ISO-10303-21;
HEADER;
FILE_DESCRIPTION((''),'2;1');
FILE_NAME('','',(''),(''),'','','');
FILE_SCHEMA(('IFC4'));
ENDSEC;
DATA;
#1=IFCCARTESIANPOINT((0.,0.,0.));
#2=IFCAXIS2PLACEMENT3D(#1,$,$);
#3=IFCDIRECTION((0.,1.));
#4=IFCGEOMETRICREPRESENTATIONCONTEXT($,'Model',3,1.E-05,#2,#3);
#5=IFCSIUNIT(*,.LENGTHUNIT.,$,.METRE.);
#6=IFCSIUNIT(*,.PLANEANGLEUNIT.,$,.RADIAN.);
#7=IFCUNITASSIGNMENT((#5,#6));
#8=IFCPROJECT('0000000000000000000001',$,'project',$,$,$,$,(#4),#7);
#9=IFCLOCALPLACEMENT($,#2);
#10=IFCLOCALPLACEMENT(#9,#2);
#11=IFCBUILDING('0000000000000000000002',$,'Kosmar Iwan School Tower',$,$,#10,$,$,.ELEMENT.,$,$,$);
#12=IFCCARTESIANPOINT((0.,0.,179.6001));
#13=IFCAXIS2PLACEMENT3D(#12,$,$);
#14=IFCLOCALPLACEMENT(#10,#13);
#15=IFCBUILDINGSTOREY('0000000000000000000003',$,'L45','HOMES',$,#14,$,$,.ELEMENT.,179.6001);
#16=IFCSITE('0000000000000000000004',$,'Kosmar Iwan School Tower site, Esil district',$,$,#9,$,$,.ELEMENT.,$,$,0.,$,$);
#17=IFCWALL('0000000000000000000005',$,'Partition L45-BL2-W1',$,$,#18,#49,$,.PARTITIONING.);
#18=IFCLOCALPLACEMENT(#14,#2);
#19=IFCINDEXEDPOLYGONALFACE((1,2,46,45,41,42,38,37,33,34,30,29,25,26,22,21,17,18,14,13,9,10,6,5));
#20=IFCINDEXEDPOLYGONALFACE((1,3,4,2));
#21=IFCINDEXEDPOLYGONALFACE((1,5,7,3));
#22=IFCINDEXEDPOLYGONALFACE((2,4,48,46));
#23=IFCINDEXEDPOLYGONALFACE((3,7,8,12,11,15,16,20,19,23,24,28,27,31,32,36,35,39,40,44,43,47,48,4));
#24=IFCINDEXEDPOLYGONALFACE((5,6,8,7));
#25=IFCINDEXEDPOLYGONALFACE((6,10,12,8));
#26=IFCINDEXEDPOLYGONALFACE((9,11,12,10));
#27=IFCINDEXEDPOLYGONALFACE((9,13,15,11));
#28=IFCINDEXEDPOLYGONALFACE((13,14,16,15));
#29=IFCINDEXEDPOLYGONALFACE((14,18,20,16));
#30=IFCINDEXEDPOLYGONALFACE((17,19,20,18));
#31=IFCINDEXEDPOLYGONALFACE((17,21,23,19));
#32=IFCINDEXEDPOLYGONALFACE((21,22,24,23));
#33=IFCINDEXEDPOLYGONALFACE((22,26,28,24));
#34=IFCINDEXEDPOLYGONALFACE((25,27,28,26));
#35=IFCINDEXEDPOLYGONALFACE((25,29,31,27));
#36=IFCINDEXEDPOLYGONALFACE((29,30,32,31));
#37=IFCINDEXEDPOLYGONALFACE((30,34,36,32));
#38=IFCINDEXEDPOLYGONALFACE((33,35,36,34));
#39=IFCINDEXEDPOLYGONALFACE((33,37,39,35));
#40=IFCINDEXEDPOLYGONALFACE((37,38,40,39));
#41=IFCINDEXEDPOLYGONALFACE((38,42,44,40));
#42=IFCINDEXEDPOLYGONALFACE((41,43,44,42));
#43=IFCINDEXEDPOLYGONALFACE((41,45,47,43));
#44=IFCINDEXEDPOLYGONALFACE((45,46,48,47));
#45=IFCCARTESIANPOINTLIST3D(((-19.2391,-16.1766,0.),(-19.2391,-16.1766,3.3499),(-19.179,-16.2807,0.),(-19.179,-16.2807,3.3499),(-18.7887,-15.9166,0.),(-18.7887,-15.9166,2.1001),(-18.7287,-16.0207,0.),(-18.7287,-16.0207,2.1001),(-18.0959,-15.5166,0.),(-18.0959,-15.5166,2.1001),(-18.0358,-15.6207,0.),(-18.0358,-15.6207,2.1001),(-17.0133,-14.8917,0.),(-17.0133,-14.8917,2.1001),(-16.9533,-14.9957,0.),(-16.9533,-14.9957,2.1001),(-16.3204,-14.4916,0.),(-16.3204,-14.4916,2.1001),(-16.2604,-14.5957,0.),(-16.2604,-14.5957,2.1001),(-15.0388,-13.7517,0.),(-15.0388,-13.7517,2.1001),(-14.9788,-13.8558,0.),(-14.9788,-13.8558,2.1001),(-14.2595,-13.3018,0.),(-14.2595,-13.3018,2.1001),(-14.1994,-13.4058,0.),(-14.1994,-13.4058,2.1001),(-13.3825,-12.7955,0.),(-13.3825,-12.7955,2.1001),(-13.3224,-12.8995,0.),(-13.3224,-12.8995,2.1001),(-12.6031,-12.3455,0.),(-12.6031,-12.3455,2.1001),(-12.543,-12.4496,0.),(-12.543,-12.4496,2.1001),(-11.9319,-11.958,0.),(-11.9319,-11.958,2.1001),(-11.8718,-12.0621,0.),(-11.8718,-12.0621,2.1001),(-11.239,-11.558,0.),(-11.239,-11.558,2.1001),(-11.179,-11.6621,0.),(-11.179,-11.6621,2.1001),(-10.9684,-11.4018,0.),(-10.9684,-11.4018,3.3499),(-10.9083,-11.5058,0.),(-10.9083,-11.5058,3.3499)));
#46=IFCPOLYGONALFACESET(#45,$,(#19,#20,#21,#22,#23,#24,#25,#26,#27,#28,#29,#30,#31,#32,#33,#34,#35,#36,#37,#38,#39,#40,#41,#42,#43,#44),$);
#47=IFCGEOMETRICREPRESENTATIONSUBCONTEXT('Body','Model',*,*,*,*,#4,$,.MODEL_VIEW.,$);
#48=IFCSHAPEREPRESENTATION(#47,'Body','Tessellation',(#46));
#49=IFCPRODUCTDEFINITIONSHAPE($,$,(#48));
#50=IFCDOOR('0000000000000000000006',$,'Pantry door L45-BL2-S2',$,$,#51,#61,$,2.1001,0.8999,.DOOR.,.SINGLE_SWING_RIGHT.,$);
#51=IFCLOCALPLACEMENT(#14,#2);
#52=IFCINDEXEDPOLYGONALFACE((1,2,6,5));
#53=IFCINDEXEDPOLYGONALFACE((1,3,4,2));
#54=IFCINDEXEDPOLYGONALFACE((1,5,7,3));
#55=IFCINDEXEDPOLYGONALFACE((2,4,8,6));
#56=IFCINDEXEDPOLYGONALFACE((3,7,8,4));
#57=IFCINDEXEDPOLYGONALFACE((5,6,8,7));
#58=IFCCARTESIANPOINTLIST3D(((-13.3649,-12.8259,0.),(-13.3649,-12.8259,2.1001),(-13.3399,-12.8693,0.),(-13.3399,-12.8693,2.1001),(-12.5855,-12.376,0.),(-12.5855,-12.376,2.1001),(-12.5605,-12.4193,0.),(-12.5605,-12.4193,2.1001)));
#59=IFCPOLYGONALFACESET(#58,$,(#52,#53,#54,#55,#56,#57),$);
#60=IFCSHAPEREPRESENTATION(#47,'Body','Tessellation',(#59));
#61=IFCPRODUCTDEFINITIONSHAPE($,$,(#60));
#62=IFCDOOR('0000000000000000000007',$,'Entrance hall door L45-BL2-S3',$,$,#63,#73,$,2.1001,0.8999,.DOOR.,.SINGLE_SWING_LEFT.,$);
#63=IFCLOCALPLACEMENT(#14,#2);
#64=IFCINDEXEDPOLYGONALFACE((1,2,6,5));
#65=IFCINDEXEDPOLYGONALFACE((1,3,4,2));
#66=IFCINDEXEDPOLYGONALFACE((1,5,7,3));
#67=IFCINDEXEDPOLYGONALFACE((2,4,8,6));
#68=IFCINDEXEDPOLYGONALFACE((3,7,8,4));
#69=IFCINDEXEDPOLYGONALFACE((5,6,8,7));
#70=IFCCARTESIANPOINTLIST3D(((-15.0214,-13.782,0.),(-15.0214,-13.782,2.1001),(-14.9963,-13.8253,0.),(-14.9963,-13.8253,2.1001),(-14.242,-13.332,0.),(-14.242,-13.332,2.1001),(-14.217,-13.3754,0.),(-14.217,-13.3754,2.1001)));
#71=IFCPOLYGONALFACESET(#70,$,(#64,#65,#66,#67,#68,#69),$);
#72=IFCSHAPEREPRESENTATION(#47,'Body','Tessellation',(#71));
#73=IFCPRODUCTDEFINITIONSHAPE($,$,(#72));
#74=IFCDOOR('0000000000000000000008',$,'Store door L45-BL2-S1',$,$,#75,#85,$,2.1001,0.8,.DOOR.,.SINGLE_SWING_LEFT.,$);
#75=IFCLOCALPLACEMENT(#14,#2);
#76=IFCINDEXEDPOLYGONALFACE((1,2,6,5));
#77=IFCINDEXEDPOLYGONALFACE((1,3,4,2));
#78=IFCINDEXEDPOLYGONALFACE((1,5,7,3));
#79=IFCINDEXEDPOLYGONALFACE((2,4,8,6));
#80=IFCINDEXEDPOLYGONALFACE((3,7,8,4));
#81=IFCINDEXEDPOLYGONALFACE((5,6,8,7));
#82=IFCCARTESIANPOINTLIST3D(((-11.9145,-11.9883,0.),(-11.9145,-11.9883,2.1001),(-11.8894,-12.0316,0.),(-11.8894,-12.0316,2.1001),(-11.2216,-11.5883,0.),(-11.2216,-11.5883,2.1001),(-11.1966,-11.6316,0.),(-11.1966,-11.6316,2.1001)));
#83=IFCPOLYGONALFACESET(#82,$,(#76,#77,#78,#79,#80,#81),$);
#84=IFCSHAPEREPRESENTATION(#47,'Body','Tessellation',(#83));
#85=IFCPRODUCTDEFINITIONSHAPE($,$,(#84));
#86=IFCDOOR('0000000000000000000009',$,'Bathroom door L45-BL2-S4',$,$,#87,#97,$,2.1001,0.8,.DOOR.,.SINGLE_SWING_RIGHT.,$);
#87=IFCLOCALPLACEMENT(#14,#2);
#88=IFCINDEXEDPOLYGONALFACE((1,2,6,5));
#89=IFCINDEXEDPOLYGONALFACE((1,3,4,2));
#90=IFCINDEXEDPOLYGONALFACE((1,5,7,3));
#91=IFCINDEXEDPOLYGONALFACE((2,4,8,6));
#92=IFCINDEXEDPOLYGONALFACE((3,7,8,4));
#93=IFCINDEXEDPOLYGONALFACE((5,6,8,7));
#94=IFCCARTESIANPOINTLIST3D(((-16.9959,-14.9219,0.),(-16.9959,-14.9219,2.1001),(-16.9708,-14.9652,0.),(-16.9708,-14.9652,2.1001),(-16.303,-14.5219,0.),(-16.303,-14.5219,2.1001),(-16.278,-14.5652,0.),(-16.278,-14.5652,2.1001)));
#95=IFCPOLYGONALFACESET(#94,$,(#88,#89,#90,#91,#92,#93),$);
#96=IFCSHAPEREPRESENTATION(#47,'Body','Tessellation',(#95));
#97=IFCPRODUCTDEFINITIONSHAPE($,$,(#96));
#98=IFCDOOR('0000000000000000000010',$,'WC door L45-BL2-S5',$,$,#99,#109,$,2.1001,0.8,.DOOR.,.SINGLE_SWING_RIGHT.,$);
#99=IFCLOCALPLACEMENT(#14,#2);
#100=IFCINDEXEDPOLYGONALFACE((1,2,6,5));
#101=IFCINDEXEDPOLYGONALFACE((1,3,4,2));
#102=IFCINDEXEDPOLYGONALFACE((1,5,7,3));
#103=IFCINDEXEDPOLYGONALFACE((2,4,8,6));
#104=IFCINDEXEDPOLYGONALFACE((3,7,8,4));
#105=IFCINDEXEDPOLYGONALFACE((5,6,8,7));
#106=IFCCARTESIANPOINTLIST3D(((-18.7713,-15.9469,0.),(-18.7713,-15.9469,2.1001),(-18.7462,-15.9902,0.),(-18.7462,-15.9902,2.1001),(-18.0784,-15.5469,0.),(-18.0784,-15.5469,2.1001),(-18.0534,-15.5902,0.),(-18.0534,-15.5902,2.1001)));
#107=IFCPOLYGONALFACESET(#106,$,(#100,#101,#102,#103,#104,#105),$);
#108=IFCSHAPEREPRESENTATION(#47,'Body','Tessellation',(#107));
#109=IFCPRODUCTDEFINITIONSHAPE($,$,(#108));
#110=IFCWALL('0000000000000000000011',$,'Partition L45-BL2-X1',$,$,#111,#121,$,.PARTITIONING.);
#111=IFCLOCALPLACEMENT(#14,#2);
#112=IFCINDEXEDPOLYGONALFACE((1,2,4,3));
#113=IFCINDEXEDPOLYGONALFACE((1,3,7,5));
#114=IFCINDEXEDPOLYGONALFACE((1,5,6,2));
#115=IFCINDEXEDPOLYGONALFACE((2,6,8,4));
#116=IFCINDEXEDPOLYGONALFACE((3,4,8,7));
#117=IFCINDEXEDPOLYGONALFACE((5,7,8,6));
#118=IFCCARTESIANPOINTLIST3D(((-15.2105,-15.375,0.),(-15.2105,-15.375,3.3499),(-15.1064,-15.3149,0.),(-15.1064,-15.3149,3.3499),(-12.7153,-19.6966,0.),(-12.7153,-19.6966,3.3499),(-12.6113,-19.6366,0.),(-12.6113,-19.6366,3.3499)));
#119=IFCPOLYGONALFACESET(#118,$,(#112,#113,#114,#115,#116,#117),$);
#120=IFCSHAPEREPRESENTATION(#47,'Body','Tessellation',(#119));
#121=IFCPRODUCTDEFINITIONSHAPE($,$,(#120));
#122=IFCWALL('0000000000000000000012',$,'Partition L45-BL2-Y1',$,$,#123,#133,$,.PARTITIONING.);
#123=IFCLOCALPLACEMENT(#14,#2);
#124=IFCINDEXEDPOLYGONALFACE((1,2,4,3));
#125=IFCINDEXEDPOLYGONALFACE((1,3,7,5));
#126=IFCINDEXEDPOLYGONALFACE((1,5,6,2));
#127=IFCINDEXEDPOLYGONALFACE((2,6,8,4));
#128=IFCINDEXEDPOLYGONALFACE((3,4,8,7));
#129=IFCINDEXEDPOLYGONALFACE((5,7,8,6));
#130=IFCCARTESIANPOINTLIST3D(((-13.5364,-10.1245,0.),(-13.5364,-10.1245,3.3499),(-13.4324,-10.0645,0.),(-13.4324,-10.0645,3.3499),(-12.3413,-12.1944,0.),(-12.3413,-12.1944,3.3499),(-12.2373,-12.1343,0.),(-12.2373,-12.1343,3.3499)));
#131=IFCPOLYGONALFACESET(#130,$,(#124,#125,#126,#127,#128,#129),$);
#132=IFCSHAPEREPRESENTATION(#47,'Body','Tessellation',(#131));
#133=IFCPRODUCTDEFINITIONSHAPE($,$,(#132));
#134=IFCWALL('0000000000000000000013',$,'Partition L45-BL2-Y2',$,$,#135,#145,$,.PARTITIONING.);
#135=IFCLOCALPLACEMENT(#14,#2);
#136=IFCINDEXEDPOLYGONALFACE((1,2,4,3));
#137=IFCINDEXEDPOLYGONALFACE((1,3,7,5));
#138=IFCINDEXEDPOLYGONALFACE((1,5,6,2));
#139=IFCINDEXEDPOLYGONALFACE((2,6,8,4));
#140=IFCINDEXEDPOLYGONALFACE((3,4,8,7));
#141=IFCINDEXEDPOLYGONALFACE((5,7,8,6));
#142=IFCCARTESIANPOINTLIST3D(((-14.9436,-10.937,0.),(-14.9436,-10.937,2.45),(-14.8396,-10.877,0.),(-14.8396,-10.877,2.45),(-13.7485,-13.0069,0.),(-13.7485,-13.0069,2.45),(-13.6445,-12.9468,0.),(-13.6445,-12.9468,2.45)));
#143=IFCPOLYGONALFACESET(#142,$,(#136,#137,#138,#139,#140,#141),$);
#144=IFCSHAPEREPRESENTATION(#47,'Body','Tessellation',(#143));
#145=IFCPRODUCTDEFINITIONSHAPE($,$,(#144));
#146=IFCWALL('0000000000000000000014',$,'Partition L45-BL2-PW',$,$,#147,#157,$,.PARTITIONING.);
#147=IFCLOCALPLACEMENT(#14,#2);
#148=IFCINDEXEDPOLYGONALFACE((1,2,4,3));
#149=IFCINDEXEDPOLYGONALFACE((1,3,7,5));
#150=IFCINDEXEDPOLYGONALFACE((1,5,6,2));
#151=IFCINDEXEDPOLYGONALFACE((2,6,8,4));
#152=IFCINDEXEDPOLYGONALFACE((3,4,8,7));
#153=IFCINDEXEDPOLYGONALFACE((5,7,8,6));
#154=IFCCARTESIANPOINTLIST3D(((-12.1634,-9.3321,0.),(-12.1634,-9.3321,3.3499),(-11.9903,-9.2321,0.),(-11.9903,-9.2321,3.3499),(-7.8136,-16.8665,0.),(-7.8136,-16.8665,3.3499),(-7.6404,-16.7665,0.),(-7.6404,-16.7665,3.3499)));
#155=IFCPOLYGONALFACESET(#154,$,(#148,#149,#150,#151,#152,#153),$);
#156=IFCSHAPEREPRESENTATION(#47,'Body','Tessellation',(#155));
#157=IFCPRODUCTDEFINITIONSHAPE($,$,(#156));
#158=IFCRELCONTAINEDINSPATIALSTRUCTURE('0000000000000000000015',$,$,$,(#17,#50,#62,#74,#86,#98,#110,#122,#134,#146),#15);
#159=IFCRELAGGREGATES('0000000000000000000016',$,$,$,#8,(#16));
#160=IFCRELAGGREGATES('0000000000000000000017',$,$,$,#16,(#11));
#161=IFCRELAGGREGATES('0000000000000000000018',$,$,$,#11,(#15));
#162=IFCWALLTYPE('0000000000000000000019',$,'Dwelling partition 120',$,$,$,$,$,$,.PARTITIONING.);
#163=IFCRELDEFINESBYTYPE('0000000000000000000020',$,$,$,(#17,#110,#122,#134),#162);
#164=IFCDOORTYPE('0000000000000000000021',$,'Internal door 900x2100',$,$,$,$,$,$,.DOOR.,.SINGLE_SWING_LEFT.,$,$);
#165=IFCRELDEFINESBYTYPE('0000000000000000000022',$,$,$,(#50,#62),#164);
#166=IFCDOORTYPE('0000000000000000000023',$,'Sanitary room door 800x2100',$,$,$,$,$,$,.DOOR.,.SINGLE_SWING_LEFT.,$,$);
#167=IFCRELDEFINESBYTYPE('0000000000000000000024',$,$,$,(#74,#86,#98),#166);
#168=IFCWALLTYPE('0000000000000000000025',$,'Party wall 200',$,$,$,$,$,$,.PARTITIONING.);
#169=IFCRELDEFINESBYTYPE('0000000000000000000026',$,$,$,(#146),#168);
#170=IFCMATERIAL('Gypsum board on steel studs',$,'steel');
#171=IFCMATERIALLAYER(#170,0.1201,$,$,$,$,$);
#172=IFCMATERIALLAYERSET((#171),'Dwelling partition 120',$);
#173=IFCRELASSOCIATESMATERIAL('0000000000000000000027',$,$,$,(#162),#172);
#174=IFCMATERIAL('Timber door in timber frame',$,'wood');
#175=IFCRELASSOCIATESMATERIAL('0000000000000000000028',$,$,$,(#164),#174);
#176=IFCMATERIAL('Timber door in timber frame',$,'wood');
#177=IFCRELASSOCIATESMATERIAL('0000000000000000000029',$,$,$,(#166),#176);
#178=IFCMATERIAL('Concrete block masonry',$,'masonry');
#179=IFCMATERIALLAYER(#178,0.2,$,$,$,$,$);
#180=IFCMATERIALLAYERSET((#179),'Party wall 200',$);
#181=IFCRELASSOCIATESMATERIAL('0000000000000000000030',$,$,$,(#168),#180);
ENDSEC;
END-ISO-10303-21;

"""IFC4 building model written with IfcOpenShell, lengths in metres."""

from ifc_helpers import new_model, si_unit, direction, frame, frame_2d, origin, place, context, subcontext, project, spatial, rectangle, extrude, material, layer, layer_set, type_object, element, fill, save


model = new_model("IFC4")

# Units and contexts
model_context = context("Model", 3, precision=1e-05, world=origin(), true_north=direction((0.0, 1.0)))
body_context = subcontext(model_context, "Body", "Model", "MODEL_VIEW")
ifc_project = project(units=[si_unit("LENGTHUNIT", "METRE"), si_unit("PLANEANGLEUNIT", "RADIAN")], contexts=[model_context])

# Site, building, storey
site_placement = place(None, origin())
site = spatial("IfcSite", under=ifc_project, at=site_placement, Name="Kosmar Iwan School Tower site, Esil district", CompositionType="ELEMENT", RefElevation=0.0)
building_placement = place(site_placement, origin())
building = spatial("IfcBuilding", under=site, at=building_placement, Name="Kosmar Iwan School Tower", CompositionType="ELEMENT")
storey_placement = place(building_placement, frame((0.0, 0.0, 179.6001)))
storey = spatial("IfcBuildingStorey", under=building, at=storey_placement, Name="L45", Description="HOMES", CompositionType="ELEMENT", Elevation=179.6001)

# Wall, openings, doors
ifc_material_1 = material(Name="Gypsum board on steel studs", Category="steel")
ifc_layer_1 = layer(ifc_material_1, 0.1201)
ifc_layer_set_1 = layer_set([ifc_layer_1], Name="Dwelling partition 120")
wall_type_1 = type_object("IfcWallType", Name="Dwelling partition 120", PredefinedType="PARTITIONING", material=ifc_layer_set_1)
wall_1_placement = place(storey_placement, frame((-10.9385, -11.4539, 0.0), z_axis=(0.0, 0.0, 1.0), x_axis=(-0.866035, -0.499983, 0.0)))
wall_1 = element("IfcWall", 1, at=wall_1_placement, inside=storey, type_object=wall_type_1, Name="Partition L45-BL2-W1", PredefinedType="PARTITIONING", context=body_context, shape_type="SweptSolid", body=[
    extrude(rectangle(XDim=9.55, YDim=0.1201, at=frame_2d((4.7749, 0.0))), origin(), (0.0, 0.0, 1.0), 3.3499),
])
opening_1_placement = place(wall_1_placement, frame((0.3125, 0.0, 0.0)))
opening_1 = element("IfcOpeningElement", 2, at=opening_1_placement, cuts=wall_1, PredefinedType="OPENING", context=body_context, shape_type="SweptSolid", body=[
    extrude(rectangle(XDim=0.8, YDim=2.1001, at=frame_2d((0.3999, 1.05))), frame((0.0, 0.072, 0.0), z_axis=(0.0, -1.0, 0.0), x_axis=(1.0, 0.0, 0.0)), (0.0, 0.0, 1.0), 0.144),
])
opening_2_placement = place(wall_1_placement, frame((1.8875, 0.0, 0.0)))
opening_2 = element("IfcOpeningElement", 3, at=opening_2_placement, cuts=wall_1, PredefinedType="OPENING", context=body_context, shape_type="SweptSolid", body=[
    extrude(rectangle(XDim=0.8999, YDim=2.1001, at=frame_2d((0.45, 1.05))), frame((0.0, 0.072, 0.0), z_axis=(0.0, -1.0, 0.0), x_axis=(1.0, 0.0, 0.0)), (0.0, 0.0, 1.0), 0.144),
])
opening_3_placement = place(wall_1_placement, frame((3.8, 0.0, 0.0)))
opening_3 = element("IfcOpeningElement", 4, at=opening_3_placement, cuts=wall_1, PredefinedType="OPENING", context=body_context, shape_type="SweptSolid", body=[
    extrude(rectangle(XDim=0.8999, YDim=2.1001, at=frame_2d((0.45, 1.05))), frame((0.0, 0.072, 0.0), z_axis=(0.0, -1.0, 0.0), x_axis=(1.0, 0.0, 0.0)), (0.0, 0.0, 1.0), 0.144),
])
opening_4_placement = place(wall_1_placement, frame((6.1799, 0.0, 0.0)))
opening_4 = element("IfcOpeningElement", 5, at=opening_4_placement, cuts=wall_1, PredefinedType="OPENING", context=body_context, shape_type="SweptSolid", body=[
    extrude(rectangle(XDim=0.8, YDim=2.1001, at=frame_2d((0.3999, 1.05))), frame((0.0, 0.072, 0.0), z_axis=(0.0, -1.0, 0.0), x_axis=(1.0, 0.0, 0.0)), (0.0, 0.0, 1.0), 0.144),
])
opening_5_placement = place(wall_1_placement, frame((8.23, 0.0, 0.0)))
opening_5 = element("IfcOpeningElement", 6, at=opening_5_placement, cuts=wall_1, PredefinedType="OPENING", context=body_context, shape_type="SweptSolid", body=[
    extrude(rectangle(XDim=0.8, YDim=2.1001, at=frame_2d((0.3999, 1.05))), frame((0.0, 0.072, 0.0), z_axis=(0.0, -1.0, 0.0), x_axis=(1.0, 0.0, 0.0)), (0.0, 0.0, 1.0), 0.144),
])
ifc_material_2 = material(Name="Timber door in timber frame", Category="wood")
door_type_1 = type_object("IfcDoorType", Name="Internal door 900x2100", OperationType="SINGLE_SWING_LEFT", PredefinedType="DOOR", material=ifc_material_2)
door_1_placement = place(opening_2_placement, frame((0.8999, 0.0, 0.0), z_axis=(0.0, 0.0, 1.0), x_axis=(-1.0, 0.0, 0.0)))
door_1 = element("IfcDoor", 7, at=door_1_placement, inside=storey, type_object=door_type_1, Name="Pantry door L45-BL2-S2", OperationType="SINGLE_SWING_RIGHT", OverallHeight=2.1001, OverallWidth=0.8999, PredefinedType="DOOR", context=body_context, shape_type="SweptSolid", body=[
    extrude(rectangle(XDim=0.8999, YDim=2.1001, at=frame_2d((0.45, 1.05))), frame((0.0, 0.0249, 0.0), z_axis=(0.0, -1.0, 0.0), x_axis=(1.0, 0.0, 0.0)), (0.0, 0.0, 1.0), 0.05),
])
fill(opening_2, door_1)
door_2_placement = place(opening_3_placement, origin())
door_2 = element("IfcDoor", 8, at=door_2_placement, inside=storey, type_object=door_type_1, Name="Entrance hall door L45-BL2-S3", OperationType="SINGLE_SWING_LEFT", OverallHeight=2.1001, OverallWidth=0.8999, PredefinedType="DOOR", context=body_context, shape_type="SweptSolid", body=[
    extrude(rectangle(XDim=0.8999, YDim=2.1001, at=frame_2d((0.45, 1.05))), frame((0.0, 0.0249, 0.0), z_axis=(0.0, -1.0, 0.0), x_axis=(1.0, 0.0, 0.0)), (0.0, 0.0, 1.0), 0.05),
])
fill(opening_3, door_2)
ifc_material_3 = material(Name="Timber door in timber frame", Category="wood")
door_type_2 = type_object("IfcDoorType", Name="Sanitary room door 800x2100", OperationType="SINGLE_SWING_LEFT", PredefinedType="DOOR", material=ifc_material_3)
door_3_placement = place(opening_1_placement, origin())
door_3 = element("IfcDoor", 9, at=door_3_placement, inside=storey, type_object=door_type_2, Name="Store door L45-BL2-S1", OperationType="SINGLE_SWING_LEFT", OverallHeight=2.1001, OverallWidth=0.8, PredefinedType="DOOR", context=body_context, shape_type="SweptSolid", body=[
    extrude(rectangle(XDim=0.8, YDim=2.1001, at=frame_2d((0.3999, 1.05))), frame((0.0, 0.0249, 0.0), z_axis=(0.0, -1.0, 0.0), x_axis=(1.0, 0.0, 0.0)), (0.0, 0.0, 1.0), 0.05),
])
fill(opening_1, door_3)
door_4_placement = place(opening_4_placement, origin())
door_4 = element("IfcDoor", 10, at=door_4_placement, inside=storey, type_object=door_type_2, Name="Bathroom door L45-BL2-S4", OperationType="SINGLE_SWING_RIGHT", OverallHeight=2.1001, OverallWidth=0.8, PredefinedType="DOOR", context=body_context, shape_type="SweptSolid", body=[
    extrude(rectangle(XDim=0.8, YDim=2.1001, at=frame_2d((0.3999, 1.05))), frame((0.0, 0.0249, 0.0), z_axis=(0.0, -1.0, 0.0), x_axis=(1.0, 0.0, 0.0)), (0.0, 0.0, 1.0), 0.05),
])
fill(opening_4, door_4)
door_5_placement = place(opening_5_placement, origin())
door_5 = element("IfcDoor", 11, at=door_5_placement, inside=storey, type_object=door_type_2, Name="WC door L45-BL2-S5", OperationType="SINGLE_SWING_RIGHT", OverallHeight=2.1001, OverallWidth=0.8, PredefinedType="DOOR", context=body_context, shape_type="SweptSolid", body=[
    extrude(rectangle(XDim=0.8, YDim=2.1001, at=frame_2d((0.3999, 1.05))), frame((0.0, 0.0249, 0.0), z_axis=(0.0, -1.0, 0.0), x_axis=(1.0, 0.0, 0.0)), (0.0, 0.0, 1.0), 0.05),
])
fill(opening_5, door_5)

# Walls
wall_2_placement = place(storey_placement, frame((-15.1584, -15.345, 0.0), z_axis=(0.0, 0.0, 1.0), x_axis=(0.500012, -0.866019, 0.0)))
element("IfcWall", 12, at=wall_2_placement, inside=storey, type_object=wall_type_1, Name="Partition L45-BL2-X1", PredefinedType="PARTITIONING", context=body_context, shape_type="SweptSolid", body=[
    extrude(rectangle(XDim=4.9902, YDim=0.1201, at=frame_2d((2.4951, 0.0))), origin(), (0.0, 0.0, 1.0), 3.3499),
])
wall_3_placement = place(storey_placement, frame((-13.4844, -10.0945, 0.0), z_axis=(0.0, 0.0, 1.0), x_axis=(0.500017, -0.866015, 0.0)))
element("IfcWall", 13, at=wall_3_placement, inside=storey, type_object=wall_type_1, Name="Partition L45-BL2-Y1", PredefinedType="PARTITIONING", context=body_context, shape_type="SweptSolid", body=[
    extrude(rectangle(XDim=2.3901, YDim=0.1201, at=frame_2d((1.1951, 0.0))), origin(), (0.0, 0.0, 1.0), 3.3499),
])
wall_4_placement = place(storey_placement, frame((-14.8916, -10.907, 0.0), z_axis=(0.0, 0.0, 1.0), x_axis=(0.500017, -0.866015, 0.0)))
element("IfcWall", 14, at=wall_4_placement, inside=storey, type_object=wall_type_1, Name="Partition L45-BL2-Y2", PredefinedType="PARTITIONING", context=body_context, shape_type="SweptSolid", body=[
    extrude(rectangle(XDim=2.3901, YDim=0.1201, at=frame_2d((1.1951, 0.0))), origin(), (0.0, 0.0, 1.0), 2.45),
])
ifc_material_4 = material(Name="Concrete block masonry", Category="masonry")
ifc_layer_2 = layer(ifc_material_4, 0.2)
ifc_layer_set_2 = layer_set([ifc_layer_2], Name="Party wall 200")
wall_type_2 = type_object("IfcWallType", Name="Party wall 200", PredefinedType="PARTITIONING", material=ifc_layer_set_2)
wall_5_placement = place(storey_placement, frame((-12.0769, -9.282, 0.0), z_axis=(0.0, 0.0, 1.0), x_axis=(0.499987, -0.866033, 0.0)))
element("IfcWall", 15, at=wall_5_placement, inside=storey, type_object=wall_type_2, Name="Partition L45-BL2-PW", PredefinedType="PARTITIONING", context=body_context, shape_type="SweptSolid", body=[
    extrude(rectangle(XDim=8.7, YDim=0.2, at=frame_2d((4.3501, 0.0))), origin(), (0.0, 0.0, 1.0), 3.3499),
])

save(model, "model.ifc")
